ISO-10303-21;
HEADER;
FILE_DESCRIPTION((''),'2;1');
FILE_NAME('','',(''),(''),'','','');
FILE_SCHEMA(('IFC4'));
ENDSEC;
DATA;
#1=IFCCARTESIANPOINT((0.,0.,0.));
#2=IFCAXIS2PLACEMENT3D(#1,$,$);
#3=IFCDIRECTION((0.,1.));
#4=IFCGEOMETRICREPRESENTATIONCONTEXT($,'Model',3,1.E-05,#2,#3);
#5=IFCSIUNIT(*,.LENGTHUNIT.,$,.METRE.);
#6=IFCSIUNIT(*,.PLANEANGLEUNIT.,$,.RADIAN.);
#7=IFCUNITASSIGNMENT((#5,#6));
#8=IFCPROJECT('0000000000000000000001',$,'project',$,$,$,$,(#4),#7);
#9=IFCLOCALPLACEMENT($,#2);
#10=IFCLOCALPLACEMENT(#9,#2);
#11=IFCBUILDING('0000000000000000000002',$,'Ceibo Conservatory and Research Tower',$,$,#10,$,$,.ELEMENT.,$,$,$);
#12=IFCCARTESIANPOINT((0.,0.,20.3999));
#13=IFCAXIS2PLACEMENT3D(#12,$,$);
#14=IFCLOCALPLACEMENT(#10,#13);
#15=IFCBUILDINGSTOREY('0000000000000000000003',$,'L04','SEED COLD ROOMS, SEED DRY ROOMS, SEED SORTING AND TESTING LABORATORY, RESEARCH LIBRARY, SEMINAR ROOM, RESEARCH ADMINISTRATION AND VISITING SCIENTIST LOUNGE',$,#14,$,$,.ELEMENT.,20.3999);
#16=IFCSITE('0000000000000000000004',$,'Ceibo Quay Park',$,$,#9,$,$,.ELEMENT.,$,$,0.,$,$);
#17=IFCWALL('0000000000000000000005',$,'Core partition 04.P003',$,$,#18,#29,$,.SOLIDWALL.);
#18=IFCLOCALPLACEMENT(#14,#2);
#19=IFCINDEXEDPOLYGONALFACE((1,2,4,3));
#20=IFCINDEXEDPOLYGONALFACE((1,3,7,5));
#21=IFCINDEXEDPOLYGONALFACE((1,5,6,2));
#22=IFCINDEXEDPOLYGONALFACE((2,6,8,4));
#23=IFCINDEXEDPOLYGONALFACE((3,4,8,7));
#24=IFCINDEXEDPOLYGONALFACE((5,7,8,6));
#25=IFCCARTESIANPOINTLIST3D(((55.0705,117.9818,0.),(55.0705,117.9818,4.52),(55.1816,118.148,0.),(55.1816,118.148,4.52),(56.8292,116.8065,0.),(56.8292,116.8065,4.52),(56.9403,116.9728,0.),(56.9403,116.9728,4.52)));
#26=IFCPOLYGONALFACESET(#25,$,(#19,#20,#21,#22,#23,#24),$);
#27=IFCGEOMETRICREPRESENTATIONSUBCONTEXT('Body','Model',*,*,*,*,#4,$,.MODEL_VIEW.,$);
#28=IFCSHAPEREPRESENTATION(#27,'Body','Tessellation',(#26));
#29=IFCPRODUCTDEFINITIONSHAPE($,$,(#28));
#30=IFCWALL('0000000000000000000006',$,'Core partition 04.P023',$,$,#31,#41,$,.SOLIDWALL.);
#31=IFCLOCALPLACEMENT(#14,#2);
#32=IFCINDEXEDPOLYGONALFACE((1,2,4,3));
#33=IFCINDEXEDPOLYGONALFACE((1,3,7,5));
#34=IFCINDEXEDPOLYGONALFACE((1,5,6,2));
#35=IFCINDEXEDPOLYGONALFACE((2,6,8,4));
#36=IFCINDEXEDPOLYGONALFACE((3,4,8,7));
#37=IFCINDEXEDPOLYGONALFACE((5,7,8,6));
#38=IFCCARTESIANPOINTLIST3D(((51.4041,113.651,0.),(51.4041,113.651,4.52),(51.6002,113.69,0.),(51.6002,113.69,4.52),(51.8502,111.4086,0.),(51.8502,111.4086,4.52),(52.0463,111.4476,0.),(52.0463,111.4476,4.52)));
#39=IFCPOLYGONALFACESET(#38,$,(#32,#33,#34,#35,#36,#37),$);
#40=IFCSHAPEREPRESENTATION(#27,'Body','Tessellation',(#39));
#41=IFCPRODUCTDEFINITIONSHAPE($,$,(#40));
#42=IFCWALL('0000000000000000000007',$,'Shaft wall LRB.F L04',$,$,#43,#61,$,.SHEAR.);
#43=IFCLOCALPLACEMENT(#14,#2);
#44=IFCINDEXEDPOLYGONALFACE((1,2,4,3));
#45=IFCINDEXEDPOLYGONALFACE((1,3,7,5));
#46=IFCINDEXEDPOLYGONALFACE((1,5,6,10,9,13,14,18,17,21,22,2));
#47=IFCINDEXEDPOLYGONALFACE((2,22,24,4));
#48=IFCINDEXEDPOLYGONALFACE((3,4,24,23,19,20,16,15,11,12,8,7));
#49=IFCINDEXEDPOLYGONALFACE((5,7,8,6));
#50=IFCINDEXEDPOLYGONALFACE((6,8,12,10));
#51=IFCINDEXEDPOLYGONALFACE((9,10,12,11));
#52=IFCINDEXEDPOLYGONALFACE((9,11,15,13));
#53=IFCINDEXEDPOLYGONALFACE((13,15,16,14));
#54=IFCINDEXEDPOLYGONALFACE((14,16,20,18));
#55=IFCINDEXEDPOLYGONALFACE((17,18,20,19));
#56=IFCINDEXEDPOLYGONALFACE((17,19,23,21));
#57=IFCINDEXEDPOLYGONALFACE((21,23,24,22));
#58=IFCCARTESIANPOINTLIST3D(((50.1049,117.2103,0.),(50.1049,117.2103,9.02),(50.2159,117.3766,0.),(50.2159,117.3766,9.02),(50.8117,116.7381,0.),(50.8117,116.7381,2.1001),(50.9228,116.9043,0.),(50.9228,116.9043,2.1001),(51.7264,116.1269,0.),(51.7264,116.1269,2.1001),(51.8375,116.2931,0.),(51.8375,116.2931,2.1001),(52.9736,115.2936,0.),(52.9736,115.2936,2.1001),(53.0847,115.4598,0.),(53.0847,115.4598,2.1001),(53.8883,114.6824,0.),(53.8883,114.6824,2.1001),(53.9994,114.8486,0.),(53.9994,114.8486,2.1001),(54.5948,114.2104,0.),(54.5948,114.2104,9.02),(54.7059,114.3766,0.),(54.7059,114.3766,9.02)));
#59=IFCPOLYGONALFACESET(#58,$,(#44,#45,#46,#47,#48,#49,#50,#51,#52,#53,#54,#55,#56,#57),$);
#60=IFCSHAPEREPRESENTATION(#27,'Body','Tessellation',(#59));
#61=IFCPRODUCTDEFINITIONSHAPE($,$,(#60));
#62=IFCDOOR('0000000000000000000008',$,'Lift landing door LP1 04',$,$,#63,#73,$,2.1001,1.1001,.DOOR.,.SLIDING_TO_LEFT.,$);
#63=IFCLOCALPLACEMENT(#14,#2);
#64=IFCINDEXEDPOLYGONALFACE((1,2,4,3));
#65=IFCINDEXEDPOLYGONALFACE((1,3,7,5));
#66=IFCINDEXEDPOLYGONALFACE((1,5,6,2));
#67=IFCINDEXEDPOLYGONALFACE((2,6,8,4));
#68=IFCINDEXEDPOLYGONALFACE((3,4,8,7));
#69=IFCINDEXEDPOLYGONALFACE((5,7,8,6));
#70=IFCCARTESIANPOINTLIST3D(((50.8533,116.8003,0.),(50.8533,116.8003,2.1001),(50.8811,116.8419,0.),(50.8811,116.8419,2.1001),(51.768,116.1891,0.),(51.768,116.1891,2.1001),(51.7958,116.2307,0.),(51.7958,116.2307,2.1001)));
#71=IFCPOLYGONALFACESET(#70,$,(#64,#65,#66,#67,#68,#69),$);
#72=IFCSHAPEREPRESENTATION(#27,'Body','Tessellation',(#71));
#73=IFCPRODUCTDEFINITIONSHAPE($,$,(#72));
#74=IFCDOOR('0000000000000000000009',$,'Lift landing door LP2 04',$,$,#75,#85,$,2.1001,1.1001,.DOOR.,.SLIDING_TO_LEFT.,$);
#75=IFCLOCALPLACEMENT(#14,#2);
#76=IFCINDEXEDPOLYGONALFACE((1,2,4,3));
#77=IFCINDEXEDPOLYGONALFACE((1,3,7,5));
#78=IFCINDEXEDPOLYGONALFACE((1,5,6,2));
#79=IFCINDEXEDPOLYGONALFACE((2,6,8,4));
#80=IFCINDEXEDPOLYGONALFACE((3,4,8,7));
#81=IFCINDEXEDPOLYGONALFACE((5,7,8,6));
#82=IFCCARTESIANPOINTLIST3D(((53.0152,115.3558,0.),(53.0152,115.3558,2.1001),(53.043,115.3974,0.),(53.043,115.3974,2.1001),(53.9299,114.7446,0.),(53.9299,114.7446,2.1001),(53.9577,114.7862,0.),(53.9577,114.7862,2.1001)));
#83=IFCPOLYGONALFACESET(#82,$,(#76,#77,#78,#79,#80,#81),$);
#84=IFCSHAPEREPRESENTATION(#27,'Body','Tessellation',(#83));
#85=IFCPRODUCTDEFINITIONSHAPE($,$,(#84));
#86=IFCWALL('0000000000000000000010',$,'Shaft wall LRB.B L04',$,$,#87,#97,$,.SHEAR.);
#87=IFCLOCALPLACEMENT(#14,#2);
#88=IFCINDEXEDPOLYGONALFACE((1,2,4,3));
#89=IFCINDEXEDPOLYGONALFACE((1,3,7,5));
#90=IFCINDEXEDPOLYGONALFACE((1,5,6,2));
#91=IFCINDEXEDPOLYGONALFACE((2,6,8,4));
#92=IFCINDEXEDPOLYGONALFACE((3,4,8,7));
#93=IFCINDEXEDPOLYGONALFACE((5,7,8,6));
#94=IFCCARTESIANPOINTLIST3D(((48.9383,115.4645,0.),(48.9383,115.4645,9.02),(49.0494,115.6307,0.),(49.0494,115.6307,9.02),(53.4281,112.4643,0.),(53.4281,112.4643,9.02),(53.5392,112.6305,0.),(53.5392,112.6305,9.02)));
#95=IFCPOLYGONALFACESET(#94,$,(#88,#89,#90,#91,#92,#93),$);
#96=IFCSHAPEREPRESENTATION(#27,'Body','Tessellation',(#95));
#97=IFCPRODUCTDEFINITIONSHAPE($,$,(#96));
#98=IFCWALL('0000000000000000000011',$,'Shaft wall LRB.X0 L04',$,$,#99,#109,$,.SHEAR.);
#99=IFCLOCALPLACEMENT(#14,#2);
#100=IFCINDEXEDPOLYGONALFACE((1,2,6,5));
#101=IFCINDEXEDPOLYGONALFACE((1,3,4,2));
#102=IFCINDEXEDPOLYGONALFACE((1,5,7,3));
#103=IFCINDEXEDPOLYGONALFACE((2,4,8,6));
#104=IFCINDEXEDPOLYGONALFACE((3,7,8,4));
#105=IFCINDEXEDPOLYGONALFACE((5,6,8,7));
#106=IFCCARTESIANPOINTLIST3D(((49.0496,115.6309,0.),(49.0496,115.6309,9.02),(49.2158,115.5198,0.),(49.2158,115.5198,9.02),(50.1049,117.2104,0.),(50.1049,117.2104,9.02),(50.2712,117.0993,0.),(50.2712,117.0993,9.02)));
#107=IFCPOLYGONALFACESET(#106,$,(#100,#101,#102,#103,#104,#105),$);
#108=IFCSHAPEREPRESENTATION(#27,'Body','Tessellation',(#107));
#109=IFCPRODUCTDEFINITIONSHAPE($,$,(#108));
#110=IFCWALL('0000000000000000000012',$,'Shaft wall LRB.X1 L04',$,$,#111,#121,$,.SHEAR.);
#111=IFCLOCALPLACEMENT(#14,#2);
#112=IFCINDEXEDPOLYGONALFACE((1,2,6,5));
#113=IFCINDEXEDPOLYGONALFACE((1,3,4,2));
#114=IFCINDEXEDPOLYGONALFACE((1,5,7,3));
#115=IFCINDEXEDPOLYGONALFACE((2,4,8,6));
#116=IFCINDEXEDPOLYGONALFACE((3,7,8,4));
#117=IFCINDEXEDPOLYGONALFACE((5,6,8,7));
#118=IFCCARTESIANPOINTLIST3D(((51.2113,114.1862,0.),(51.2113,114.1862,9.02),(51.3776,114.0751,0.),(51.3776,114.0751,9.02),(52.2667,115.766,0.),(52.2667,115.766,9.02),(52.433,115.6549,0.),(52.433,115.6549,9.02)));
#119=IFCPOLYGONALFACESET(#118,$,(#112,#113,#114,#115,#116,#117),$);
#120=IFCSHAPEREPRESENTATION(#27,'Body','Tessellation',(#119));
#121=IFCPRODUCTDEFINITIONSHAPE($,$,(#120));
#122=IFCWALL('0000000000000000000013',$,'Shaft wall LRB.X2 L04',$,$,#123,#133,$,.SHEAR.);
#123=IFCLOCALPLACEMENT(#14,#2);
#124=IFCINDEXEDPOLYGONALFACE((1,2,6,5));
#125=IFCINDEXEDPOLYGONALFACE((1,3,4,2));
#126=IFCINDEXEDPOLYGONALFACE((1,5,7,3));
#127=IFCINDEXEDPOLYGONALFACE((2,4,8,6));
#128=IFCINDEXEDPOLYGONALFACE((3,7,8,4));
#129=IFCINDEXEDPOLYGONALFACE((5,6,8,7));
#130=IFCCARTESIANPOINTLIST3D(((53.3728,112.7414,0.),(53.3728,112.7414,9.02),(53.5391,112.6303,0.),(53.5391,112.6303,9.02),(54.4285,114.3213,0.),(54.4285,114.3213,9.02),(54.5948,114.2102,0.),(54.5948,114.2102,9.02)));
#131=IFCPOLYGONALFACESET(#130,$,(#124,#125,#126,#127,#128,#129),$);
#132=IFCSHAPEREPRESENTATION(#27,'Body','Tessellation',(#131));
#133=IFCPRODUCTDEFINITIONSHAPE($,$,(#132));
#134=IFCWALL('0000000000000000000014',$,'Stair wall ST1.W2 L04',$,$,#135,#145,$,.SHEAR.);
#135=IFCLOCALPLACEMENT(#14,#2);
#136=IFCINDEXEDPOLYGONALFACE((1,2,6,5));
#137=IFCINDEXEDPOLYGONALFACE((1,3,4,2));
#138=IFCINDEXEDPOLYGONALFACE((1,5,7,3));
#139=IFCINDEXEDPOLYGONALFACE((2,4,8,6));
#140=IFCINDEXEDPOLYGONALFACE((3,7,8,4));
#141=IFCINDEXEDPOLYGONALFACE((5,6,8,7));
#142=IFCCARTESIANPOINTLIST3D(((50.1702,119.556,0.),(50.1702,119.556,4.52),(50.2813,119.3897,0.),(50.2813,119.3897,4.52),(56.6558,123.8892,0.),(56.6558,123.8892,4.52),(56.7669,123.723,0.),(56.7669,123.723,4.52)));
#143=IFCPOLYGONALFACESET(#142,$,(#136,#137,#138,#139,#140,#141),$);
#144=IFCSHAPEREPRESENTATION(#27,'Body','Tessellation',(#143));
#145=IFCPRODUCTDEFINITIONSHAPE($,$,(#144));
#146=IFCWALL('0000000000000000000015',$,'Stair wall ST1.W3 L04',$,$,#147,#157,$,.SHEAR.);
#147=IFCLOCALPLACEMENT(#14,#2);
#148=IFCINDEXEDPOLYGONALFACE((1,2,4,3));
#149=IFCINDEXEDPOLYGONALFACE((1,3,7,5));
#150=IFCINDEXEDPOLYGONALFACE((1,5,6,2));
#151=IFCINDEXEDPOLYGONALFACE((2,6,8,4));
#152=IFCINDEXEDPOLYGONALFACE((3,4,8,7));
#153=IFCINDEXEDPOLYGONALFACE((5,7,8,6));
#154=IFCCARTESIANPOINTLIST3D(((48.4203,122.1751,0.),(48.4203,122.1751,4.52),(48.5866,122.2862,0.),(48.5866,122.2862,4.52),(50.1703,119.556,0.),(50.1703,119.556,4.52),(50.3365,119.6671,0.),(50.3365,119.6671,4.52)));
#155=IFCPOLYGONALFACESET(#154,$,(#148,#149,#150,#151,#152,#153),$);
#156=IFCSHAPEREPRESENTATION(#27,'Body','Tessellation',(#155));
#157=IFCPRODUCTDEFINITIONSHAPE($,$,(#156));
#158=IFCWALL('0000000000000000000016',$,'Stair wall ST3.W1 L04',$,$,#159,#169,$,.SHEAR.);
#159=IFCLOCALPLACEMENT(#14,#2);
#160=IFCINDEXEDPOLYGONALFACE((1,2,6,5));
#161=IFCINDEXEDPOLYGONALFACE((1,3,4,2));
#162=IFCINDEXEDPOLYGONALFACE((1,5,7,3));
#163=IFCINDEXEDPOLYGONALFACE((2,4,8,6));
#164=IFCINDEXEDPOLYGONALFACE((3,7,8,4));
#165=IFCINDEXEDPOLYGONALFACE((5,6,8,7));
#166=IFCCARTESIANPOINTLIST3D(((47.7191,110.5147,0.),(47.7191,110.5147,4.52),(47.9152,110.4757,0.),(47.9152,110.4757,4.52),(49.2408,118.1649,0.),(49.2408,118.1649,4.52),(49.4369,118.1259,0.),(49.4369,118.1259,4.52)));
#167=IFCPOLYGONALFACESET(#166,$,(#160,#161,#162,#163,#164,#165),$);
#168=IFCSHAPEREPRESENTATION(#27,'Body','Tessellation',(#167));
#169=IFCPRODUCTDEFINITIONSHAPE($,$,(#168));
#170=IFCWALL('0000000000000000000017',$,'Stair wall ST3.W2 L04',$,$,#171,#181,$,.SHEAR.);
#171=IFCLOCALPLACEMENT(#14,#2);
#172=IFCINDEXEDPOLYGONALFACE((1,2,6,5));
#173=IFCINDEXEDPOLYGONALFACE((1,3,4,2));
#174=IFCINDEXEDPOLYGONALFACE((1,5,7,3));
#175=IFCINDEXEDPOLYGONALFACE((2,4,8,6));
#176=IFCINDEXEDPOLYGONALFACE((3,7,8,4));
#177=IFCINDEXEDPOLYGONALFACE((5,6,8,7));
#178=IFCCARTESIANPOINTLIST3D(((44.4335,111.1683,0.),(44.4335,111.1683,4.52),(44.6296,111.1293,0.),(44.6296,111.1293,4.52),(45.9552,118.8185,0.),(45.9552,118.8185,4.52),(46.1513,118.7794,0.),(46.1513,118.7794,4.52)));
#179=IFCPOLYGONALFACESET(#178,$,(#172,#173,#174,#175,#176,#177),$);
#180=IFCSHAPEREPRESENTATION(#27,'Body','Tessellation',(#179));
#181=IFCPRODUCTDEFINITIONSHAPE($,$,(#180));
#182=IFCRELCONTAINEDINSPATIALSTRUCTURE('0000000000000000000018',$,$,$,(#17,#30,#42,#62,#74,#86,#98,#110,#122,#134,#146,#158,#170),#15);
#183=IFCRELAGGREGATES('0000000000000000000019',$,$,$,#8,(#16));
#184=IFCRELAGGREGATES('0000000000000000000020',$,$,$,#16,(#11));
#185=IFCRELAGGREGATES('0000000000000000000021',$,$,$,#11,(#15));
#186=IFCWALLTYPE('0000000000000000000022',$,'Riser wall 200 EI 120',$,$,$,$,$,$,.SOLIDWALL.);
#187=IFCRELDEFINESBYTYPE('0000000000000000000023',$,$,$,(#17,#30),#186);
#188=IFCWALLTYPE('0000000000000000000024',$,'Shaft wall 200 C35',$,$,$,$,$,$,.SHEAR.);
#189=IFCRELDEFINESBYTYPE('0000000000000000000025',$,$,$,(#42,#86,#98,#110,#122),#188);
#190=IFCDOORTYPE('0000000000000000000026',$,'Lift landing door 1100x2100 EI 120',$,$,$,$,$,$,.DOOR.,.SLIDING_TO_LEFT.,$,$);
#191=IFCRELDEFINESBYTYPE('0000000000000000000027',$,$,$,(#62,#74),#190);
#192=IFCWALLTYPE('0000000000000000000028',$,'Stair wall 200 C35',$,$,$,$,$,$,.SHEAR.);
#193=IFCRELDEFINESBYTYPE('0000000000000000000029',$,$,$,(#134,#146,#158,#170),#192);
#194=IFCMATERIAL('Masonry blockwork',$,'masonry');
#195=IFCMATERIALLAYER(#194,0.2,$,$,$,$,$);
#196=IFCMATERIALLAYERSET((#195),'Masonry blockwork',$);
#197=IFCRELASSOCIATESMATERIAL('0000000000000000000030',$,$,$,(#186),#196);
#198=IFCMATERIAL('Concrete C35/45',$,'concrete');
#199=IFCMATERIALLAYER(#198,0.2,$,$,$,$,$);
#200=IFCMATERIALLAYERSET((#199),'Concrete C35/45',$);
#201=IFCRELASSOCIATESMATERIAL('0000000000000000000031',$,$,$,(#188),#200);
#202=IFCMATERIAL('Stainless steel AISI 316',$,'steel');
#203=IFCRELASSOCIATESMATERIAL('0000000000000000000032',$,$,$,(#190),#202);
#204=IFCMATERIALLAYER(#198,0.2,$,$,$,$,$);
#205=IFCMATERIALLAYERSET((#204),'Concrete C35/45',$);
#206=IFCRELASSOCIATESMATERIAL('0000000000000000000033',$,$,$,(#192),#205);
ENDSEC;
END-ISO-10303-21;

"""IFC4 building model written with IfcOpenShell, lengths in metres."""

from ifc_helpers import new_model, si_unit, direction, frame, frame_2d, origin, place, context, subcontext, project, spatial, rectangle, extrude, material, layer, layer_set, type_object, element, fill, save


model = new_model("IFC4")

# Units and contexts
model_context = context("Model", 3, precision=1e-05, world=origin(), true_north=direction((0.0, 1.0)))
body_context = subcontext(model_context, "Body", "Model", "MODEL_VIEW")
ifc_project = project(units=[si_unit("LENGTHUNIT", "METRE"), si_unit("PLANEANGLEUNIT", "RADIAN")], contexts=[model_context])

# Site, building, storey
site_placement = place(None, origin())
site = spatial("IfcSite", under=ifc_project, at=site_placement, Name="Ceibo Quay Park", CompositionType="ELEMENT", RefElevation=0.0)
building_placement = place(site_placement, origin())
building = spatial("IfcBuilding", under=site, at=building_placement, Name="Ceibo Conservatory and Research Tower", CompositionType="ELEMENT")
storey_placement = place(building_placement, frame((0.0, 0.0, 20.3999)))
storey = spatial("IfcBuildingStorey", under=building, at=storey_placement, Name="L04", Description="SEED COLD ROOMS, SEED DRY ROOMS, SEED SORTING AND TESTING LABORATORY, RESEARCH LIBRARY, SEMINAR ROOM, RESEARCH ADMINISTRATION AND VISITING SCIENTIST LOUNGE", CompositionType="ELEMENT", Elevation=20.3999)

# Shared definitions
ifc_material_1 = material(Name="Concrete C35/45", Category="concrete")

# Walls
ifc_material_2 = material(Name="Masonry blockwork", Category="masonry")
ifc_layer_1 = layer(ifc_material_2, 0.2)
ifc_layer_set_1 = layer_set([ifc_layer_1], Name="Masonry blockwork")
wall_type_1 = type_object("IfcWallType", Name="Riser wall 200 EI 120", PredefinedType="SOLIDWALL", material=ifc_layer_set_1)
wall_1_placement = place(storey_placement, frame((56.8848, 116.8896, 0.0), z_axis=(0.0, 0.0, 1.0), x_axis=(-0.831446, 0.555605, 0.0)))
element("IfcWall", 1, at=wall_1_placement, inside=storey, type_object=wall_type_1, Name="Core partition 04.P003", PredefinedType="SOLIDWALL", context=body_context, shape_type="SweptSolid", body=[
    extrude(rectangle(XDim=2.1152, YDim=0.2, at=frame_2d((1.0576, 0.0))), origin(), (0.0, 0.0, 1.0), 4.52),
])
wall_2_placement = place(storey_placement, frame((51.5022, 113.6704, 0.0), z_axis=(0.0, 0.0, 1.0), x_axis=(0.195089, -0.980785, 0.0)))
element("IfcWall", 2, at=wall_2_placement, inside=storey, type_object=wall_type_1, Name="Core partition 04.P023", PredefinedType="SOLIDWALL", context=body_context, shape_type="SweptSolid", body=[
    extrude(rectangle(XDim=2.2864, YDim=0.2, at=frame_2d((1.1431, 0.0))), origin(), (0.0, 0.0, 1.0), 4.52),
])

# Wall, openings, doors
ifc_layer_2 = layer(ifc_material_1, 0.2)
ifc_layer_set_2 = layer_set([ifc_layer_2], Name="Concrete C35/45")
wall_type_2 = type_object("IfcWallType", Name="Shaft wall 200 C35", PredefinedType="SHEAR", material=ifc_layer_set_2)
wall_3_placement = place(storey_placement, frame((50.1604, 117.2935, 0.0), z_axis=(0.0, 0.0, 1.0), x_axis=(0.831479, -0.555555, 0.0)))
wall_3 = element("IfcWall", 3, at=wall_3_placement, inside=storey, type_object=wall_type_2, Name="Shaft wall LRB.F L04", PredefinedType="SHEAR", context=body_context, shape_type="SweptSolid", body=[
    extrude(rectangle(XDim=5.3999, YDim=0.2, at=frame_2d((2.7, 0.0))), origin(), (0.0, 0.0, 1.0), 9.02),
])
opening_1_placement = place(wall_3_placement, frame((0.8501, 0.0, 0.0)))
opening_1 = element("IfcOpeningElement", 4, at=opening_1_placement, cuts=wall_3, PredefinedType="OPENING", context=body_context, shape_type="SweptSolid", body=[
    extrude(rectangle(XDim=1.1001, YDim=2.1001, at=frame_2d((0.55, 1.05))), frame((0.0, 0.1099, 0.0), z_axis=(0.0, -1.0, 0.0), x_axis=(1.0, 0.0, 0.0)), (0.0, 0.0, 1.0), 0.22),
])
opening_2_placement = place(wall_3_placement, frame((3.4502, 0.0, 0.0)))
opening_2 = element("IfcOpeningElement", 5, at=opening_2_placement, cuts=wall_3, PredefinedType="OPENING", context=body_context, shape_type="SweptSolid", body=[
    extrude(rectangle(XDim=1.1001, YDim=2.1001, at=frame_2d((0.55, 1.05))), frame((0.0, 0.1099, 0.0), z_axis=(0.0, -1.0, 0.0), x_axis=(1.0, 0.0, 0.0)), (0.0, 0.0, 1.0), 0.22),
])
ifc_material_3 = material(Name="Stainless steel AISI 316", Category="steel")
door_type_1 = type_object("IfcDoorType", Name="Lift landing door 1100x2100 EI 120", OperationType="SLIDING_TO_LEFT", PredefinedType="DOOR", material=ifc_material_3)
door_1_placement = place(opening_1_placement, origin())
door_1 = element("IfcDoor", 6, at=door_1_placement, inside=storey, type_object=door_type_1, Name="Lift landing door LP1 04", OperationType="SLIDING_TO_LEFT", OverallHeight=2.1001, OverallWidth=1.1001, PredefinedType="DOOR", context=body_context, shape_type="SweptSolid", body=[
    extrude(rectangle(XDim=1.1001, YDim=2.1001, at=frame_2d((0.55, 1.05))), frame((0.0, 0.0249, 0.0), z_axis=(0.0, -1.0, 0.0), x_axis=(1.0, 0.0, 0.0)), (0.0, 0.0, 1.0), 0.05),
])
fill(opening_1, door_1)
door_2_placement = place(opening_2_placement, origin())
door_2 = element("IfcDoor", 7, at=door_2_placement, inside=storey, type_object=door_type_1, Name="Lift landing door LP2 04", OperationType="SLIDING_TO_LEFT", OverallHeight=2.1001, OverallWidth=1.1001, PredefinedType="DOOR", context=body_context, shape_type="SweptSolid", body=[
    extrude(rectangle(XDim=1.1001, YDim=2.1001, at=frame_2d((0.55, 1.05))), frame((0.0, 0.0249, 0.0), z_axis=(0.0, -1.0, 0.0), x_axis=(1.0, 0.0, 0.0)), (0.0, 0.0, 1.0), 0.05),
])
fill(opening_2, door_2)

# Walls
wall_4_placement = place(storey_placement, frame((48.9939, 115.5476, 0.0), z_axis=(0.0, 0.0, 1.0), x_axis=(0.831445, -0.555608, 0.0)))
element("IfcWall", 8, at=wall_4_placement, inside=storey, type_object=wall_type_2, Name="Shaft wall LRB.B L04", PredefinedType="SHEAR", context=body_context, shape_type="SweptSolid", body=[
    extrude(rectangle(XDim=5.3999, YDim=0.2, at=frame_2d((2.7, 0.0))), origin(), (0.0, 0.0, 1.0), 9.02),
])
wall_5_placement = place(storey_placement, frame((50.188, 117.1548, 0.0), z_axis=(0.0, 0.0, 1.0), x_axis=(-0.55556, -0.831476, 0.0)))
element("IfcWall", 9, at=wall_5_placement, inside=storey, type_object=wall_type_2, Name="Shaft wall LRB.X0 L04", PredefinedType="SHEAR", context=body_context, shape_type="SweptSolid", body=[
    extrude(rectangle(XDim=1.8997, YDim=0.2, at=frame_2d((0.9497, 0.0))), origin(), (0.0, 0.0, 1.0), 9.02),
])
wall_6_placement = place(storey_placement, frame((52.3499, 115.7104, 0.0), z_axis=(0.0, 0.0, 1.0), x_axis=(-0.555501, -0.831516, 0.0)))
element("IfcWall", 10, at=wall_6_placement, inside=storey, type_object=wall_type_2, Name="Shaft wall LRB.X1 L04", PredefinedType="SHEAR", context=body_context, shape_type="SweptSolid", body=[
    extrude(rectangle(XDim=1.8999, YDim=0.2, at=frame_2d((0.95, 0.0))), origin(), (0.0, 0.0, 1.0), 9.02),
])
wall_7_placement = place(storey_placement, frame((54.5117, 114.2659, 0.0), z_axis=(0.0, 0.0, 1.0), x_axis=(-0.555589, -0.831457, 0.0)))
element("IfcWall", 11, at=wall_7_placement, inside=storey, type_object=wall_type_2, Name="Shaft wall LRB.X2 L04", PredefinedType="SHEAR", context=body_context, shape_type="SweptSolid", body=[
    extrude(rectangle(XDim=1.9001, YDim=0.2, at=frame_2d((0.9502, 0.0))), origin(), (0.0, 0.0, 1.0), 9.02),
])
ifc_layer_3 = layer(ifc_material_1, 0.2)
ifc_layer_set_3 = layer_set([ifc_layer_3], Name="Concrete C35/45")
wall_type_3 = type_object("IfcWallType", Name="Stair wall 200 C35", PredefinedType="SHEAR", material=ifc_layer_set_3)
wall_8_placement = place(storey_placement, frame((50.2258, 119.4729, 0.0), z_axis=(0.0, 0.0, 1.0), x_axis=(0.831486, 0.555545, 0.0)))
element("IfcWall", 12, at=wall_8_placement, inside=storey, type_object=wall_type_3, Name="Stair wall ST1.W2 L04", PredefinedType="SHEAR", context=body_context, shape_type="SweptSolid", body=[
    extrude(rectangle(XDim=7.8, YDim=0.2, at=frame_2d((3.8999, 0.0))), origin(), (0.0, 0.0, 1.0), 4.52),
])
wall_9_placement = place(storey_placement, frame((50.2534, 119.6116, 0.0), z_axis=(0.0, 0.0, 1.0), x_axis=(-0.555558, 0.831478, 0.0)))
element("IfcWall", 13, at=wall_9_placement, inside=storey, type_object=wall_type_3, Name="Stair wall ST1.W3 L04", PredefinedType="SHEAR", context=body_context, shape_type="SweptSolid", body=[
    extrude(rectangle(XDim=3.1499, YDim=0.2, at=frame_2d((1.575, 0.0))), origin(), (0.0, 0.0, 1.0), 4.52),
])
for number, where, z_axis, x_axis, name in (
    (14, (49.3389, 118.1453, 0.0), (0.0, 0.0, 1.0), (-0.195093, -0.980785, 0.0), "Stair wall ST3.W1 L04"),
    (15, (46.0532, 118.7988, 0.0), (0.0, 0.0, 1.0), (-0.195093, -0.980785, 0.0), "Stair wall ST3.W2 L04"),
):
    element("IfcWall", number, at=place(storey_placement, frame(where, z_axis=z_axis, x_axis=x_axis)), inside=storey, type_object=wall_type_3, Name=name, PredefinedType="SHEAR", context=body_context, shape_type="SweptSolid", body=[
        extrude(rectangle(XDim=7.8, YDim=0.2, at=frame_2d((3.8999, 0.0))), origin(), (0.0, 0.0, 1.0), 4.52),
    ])

save(model, "model.ifc")
